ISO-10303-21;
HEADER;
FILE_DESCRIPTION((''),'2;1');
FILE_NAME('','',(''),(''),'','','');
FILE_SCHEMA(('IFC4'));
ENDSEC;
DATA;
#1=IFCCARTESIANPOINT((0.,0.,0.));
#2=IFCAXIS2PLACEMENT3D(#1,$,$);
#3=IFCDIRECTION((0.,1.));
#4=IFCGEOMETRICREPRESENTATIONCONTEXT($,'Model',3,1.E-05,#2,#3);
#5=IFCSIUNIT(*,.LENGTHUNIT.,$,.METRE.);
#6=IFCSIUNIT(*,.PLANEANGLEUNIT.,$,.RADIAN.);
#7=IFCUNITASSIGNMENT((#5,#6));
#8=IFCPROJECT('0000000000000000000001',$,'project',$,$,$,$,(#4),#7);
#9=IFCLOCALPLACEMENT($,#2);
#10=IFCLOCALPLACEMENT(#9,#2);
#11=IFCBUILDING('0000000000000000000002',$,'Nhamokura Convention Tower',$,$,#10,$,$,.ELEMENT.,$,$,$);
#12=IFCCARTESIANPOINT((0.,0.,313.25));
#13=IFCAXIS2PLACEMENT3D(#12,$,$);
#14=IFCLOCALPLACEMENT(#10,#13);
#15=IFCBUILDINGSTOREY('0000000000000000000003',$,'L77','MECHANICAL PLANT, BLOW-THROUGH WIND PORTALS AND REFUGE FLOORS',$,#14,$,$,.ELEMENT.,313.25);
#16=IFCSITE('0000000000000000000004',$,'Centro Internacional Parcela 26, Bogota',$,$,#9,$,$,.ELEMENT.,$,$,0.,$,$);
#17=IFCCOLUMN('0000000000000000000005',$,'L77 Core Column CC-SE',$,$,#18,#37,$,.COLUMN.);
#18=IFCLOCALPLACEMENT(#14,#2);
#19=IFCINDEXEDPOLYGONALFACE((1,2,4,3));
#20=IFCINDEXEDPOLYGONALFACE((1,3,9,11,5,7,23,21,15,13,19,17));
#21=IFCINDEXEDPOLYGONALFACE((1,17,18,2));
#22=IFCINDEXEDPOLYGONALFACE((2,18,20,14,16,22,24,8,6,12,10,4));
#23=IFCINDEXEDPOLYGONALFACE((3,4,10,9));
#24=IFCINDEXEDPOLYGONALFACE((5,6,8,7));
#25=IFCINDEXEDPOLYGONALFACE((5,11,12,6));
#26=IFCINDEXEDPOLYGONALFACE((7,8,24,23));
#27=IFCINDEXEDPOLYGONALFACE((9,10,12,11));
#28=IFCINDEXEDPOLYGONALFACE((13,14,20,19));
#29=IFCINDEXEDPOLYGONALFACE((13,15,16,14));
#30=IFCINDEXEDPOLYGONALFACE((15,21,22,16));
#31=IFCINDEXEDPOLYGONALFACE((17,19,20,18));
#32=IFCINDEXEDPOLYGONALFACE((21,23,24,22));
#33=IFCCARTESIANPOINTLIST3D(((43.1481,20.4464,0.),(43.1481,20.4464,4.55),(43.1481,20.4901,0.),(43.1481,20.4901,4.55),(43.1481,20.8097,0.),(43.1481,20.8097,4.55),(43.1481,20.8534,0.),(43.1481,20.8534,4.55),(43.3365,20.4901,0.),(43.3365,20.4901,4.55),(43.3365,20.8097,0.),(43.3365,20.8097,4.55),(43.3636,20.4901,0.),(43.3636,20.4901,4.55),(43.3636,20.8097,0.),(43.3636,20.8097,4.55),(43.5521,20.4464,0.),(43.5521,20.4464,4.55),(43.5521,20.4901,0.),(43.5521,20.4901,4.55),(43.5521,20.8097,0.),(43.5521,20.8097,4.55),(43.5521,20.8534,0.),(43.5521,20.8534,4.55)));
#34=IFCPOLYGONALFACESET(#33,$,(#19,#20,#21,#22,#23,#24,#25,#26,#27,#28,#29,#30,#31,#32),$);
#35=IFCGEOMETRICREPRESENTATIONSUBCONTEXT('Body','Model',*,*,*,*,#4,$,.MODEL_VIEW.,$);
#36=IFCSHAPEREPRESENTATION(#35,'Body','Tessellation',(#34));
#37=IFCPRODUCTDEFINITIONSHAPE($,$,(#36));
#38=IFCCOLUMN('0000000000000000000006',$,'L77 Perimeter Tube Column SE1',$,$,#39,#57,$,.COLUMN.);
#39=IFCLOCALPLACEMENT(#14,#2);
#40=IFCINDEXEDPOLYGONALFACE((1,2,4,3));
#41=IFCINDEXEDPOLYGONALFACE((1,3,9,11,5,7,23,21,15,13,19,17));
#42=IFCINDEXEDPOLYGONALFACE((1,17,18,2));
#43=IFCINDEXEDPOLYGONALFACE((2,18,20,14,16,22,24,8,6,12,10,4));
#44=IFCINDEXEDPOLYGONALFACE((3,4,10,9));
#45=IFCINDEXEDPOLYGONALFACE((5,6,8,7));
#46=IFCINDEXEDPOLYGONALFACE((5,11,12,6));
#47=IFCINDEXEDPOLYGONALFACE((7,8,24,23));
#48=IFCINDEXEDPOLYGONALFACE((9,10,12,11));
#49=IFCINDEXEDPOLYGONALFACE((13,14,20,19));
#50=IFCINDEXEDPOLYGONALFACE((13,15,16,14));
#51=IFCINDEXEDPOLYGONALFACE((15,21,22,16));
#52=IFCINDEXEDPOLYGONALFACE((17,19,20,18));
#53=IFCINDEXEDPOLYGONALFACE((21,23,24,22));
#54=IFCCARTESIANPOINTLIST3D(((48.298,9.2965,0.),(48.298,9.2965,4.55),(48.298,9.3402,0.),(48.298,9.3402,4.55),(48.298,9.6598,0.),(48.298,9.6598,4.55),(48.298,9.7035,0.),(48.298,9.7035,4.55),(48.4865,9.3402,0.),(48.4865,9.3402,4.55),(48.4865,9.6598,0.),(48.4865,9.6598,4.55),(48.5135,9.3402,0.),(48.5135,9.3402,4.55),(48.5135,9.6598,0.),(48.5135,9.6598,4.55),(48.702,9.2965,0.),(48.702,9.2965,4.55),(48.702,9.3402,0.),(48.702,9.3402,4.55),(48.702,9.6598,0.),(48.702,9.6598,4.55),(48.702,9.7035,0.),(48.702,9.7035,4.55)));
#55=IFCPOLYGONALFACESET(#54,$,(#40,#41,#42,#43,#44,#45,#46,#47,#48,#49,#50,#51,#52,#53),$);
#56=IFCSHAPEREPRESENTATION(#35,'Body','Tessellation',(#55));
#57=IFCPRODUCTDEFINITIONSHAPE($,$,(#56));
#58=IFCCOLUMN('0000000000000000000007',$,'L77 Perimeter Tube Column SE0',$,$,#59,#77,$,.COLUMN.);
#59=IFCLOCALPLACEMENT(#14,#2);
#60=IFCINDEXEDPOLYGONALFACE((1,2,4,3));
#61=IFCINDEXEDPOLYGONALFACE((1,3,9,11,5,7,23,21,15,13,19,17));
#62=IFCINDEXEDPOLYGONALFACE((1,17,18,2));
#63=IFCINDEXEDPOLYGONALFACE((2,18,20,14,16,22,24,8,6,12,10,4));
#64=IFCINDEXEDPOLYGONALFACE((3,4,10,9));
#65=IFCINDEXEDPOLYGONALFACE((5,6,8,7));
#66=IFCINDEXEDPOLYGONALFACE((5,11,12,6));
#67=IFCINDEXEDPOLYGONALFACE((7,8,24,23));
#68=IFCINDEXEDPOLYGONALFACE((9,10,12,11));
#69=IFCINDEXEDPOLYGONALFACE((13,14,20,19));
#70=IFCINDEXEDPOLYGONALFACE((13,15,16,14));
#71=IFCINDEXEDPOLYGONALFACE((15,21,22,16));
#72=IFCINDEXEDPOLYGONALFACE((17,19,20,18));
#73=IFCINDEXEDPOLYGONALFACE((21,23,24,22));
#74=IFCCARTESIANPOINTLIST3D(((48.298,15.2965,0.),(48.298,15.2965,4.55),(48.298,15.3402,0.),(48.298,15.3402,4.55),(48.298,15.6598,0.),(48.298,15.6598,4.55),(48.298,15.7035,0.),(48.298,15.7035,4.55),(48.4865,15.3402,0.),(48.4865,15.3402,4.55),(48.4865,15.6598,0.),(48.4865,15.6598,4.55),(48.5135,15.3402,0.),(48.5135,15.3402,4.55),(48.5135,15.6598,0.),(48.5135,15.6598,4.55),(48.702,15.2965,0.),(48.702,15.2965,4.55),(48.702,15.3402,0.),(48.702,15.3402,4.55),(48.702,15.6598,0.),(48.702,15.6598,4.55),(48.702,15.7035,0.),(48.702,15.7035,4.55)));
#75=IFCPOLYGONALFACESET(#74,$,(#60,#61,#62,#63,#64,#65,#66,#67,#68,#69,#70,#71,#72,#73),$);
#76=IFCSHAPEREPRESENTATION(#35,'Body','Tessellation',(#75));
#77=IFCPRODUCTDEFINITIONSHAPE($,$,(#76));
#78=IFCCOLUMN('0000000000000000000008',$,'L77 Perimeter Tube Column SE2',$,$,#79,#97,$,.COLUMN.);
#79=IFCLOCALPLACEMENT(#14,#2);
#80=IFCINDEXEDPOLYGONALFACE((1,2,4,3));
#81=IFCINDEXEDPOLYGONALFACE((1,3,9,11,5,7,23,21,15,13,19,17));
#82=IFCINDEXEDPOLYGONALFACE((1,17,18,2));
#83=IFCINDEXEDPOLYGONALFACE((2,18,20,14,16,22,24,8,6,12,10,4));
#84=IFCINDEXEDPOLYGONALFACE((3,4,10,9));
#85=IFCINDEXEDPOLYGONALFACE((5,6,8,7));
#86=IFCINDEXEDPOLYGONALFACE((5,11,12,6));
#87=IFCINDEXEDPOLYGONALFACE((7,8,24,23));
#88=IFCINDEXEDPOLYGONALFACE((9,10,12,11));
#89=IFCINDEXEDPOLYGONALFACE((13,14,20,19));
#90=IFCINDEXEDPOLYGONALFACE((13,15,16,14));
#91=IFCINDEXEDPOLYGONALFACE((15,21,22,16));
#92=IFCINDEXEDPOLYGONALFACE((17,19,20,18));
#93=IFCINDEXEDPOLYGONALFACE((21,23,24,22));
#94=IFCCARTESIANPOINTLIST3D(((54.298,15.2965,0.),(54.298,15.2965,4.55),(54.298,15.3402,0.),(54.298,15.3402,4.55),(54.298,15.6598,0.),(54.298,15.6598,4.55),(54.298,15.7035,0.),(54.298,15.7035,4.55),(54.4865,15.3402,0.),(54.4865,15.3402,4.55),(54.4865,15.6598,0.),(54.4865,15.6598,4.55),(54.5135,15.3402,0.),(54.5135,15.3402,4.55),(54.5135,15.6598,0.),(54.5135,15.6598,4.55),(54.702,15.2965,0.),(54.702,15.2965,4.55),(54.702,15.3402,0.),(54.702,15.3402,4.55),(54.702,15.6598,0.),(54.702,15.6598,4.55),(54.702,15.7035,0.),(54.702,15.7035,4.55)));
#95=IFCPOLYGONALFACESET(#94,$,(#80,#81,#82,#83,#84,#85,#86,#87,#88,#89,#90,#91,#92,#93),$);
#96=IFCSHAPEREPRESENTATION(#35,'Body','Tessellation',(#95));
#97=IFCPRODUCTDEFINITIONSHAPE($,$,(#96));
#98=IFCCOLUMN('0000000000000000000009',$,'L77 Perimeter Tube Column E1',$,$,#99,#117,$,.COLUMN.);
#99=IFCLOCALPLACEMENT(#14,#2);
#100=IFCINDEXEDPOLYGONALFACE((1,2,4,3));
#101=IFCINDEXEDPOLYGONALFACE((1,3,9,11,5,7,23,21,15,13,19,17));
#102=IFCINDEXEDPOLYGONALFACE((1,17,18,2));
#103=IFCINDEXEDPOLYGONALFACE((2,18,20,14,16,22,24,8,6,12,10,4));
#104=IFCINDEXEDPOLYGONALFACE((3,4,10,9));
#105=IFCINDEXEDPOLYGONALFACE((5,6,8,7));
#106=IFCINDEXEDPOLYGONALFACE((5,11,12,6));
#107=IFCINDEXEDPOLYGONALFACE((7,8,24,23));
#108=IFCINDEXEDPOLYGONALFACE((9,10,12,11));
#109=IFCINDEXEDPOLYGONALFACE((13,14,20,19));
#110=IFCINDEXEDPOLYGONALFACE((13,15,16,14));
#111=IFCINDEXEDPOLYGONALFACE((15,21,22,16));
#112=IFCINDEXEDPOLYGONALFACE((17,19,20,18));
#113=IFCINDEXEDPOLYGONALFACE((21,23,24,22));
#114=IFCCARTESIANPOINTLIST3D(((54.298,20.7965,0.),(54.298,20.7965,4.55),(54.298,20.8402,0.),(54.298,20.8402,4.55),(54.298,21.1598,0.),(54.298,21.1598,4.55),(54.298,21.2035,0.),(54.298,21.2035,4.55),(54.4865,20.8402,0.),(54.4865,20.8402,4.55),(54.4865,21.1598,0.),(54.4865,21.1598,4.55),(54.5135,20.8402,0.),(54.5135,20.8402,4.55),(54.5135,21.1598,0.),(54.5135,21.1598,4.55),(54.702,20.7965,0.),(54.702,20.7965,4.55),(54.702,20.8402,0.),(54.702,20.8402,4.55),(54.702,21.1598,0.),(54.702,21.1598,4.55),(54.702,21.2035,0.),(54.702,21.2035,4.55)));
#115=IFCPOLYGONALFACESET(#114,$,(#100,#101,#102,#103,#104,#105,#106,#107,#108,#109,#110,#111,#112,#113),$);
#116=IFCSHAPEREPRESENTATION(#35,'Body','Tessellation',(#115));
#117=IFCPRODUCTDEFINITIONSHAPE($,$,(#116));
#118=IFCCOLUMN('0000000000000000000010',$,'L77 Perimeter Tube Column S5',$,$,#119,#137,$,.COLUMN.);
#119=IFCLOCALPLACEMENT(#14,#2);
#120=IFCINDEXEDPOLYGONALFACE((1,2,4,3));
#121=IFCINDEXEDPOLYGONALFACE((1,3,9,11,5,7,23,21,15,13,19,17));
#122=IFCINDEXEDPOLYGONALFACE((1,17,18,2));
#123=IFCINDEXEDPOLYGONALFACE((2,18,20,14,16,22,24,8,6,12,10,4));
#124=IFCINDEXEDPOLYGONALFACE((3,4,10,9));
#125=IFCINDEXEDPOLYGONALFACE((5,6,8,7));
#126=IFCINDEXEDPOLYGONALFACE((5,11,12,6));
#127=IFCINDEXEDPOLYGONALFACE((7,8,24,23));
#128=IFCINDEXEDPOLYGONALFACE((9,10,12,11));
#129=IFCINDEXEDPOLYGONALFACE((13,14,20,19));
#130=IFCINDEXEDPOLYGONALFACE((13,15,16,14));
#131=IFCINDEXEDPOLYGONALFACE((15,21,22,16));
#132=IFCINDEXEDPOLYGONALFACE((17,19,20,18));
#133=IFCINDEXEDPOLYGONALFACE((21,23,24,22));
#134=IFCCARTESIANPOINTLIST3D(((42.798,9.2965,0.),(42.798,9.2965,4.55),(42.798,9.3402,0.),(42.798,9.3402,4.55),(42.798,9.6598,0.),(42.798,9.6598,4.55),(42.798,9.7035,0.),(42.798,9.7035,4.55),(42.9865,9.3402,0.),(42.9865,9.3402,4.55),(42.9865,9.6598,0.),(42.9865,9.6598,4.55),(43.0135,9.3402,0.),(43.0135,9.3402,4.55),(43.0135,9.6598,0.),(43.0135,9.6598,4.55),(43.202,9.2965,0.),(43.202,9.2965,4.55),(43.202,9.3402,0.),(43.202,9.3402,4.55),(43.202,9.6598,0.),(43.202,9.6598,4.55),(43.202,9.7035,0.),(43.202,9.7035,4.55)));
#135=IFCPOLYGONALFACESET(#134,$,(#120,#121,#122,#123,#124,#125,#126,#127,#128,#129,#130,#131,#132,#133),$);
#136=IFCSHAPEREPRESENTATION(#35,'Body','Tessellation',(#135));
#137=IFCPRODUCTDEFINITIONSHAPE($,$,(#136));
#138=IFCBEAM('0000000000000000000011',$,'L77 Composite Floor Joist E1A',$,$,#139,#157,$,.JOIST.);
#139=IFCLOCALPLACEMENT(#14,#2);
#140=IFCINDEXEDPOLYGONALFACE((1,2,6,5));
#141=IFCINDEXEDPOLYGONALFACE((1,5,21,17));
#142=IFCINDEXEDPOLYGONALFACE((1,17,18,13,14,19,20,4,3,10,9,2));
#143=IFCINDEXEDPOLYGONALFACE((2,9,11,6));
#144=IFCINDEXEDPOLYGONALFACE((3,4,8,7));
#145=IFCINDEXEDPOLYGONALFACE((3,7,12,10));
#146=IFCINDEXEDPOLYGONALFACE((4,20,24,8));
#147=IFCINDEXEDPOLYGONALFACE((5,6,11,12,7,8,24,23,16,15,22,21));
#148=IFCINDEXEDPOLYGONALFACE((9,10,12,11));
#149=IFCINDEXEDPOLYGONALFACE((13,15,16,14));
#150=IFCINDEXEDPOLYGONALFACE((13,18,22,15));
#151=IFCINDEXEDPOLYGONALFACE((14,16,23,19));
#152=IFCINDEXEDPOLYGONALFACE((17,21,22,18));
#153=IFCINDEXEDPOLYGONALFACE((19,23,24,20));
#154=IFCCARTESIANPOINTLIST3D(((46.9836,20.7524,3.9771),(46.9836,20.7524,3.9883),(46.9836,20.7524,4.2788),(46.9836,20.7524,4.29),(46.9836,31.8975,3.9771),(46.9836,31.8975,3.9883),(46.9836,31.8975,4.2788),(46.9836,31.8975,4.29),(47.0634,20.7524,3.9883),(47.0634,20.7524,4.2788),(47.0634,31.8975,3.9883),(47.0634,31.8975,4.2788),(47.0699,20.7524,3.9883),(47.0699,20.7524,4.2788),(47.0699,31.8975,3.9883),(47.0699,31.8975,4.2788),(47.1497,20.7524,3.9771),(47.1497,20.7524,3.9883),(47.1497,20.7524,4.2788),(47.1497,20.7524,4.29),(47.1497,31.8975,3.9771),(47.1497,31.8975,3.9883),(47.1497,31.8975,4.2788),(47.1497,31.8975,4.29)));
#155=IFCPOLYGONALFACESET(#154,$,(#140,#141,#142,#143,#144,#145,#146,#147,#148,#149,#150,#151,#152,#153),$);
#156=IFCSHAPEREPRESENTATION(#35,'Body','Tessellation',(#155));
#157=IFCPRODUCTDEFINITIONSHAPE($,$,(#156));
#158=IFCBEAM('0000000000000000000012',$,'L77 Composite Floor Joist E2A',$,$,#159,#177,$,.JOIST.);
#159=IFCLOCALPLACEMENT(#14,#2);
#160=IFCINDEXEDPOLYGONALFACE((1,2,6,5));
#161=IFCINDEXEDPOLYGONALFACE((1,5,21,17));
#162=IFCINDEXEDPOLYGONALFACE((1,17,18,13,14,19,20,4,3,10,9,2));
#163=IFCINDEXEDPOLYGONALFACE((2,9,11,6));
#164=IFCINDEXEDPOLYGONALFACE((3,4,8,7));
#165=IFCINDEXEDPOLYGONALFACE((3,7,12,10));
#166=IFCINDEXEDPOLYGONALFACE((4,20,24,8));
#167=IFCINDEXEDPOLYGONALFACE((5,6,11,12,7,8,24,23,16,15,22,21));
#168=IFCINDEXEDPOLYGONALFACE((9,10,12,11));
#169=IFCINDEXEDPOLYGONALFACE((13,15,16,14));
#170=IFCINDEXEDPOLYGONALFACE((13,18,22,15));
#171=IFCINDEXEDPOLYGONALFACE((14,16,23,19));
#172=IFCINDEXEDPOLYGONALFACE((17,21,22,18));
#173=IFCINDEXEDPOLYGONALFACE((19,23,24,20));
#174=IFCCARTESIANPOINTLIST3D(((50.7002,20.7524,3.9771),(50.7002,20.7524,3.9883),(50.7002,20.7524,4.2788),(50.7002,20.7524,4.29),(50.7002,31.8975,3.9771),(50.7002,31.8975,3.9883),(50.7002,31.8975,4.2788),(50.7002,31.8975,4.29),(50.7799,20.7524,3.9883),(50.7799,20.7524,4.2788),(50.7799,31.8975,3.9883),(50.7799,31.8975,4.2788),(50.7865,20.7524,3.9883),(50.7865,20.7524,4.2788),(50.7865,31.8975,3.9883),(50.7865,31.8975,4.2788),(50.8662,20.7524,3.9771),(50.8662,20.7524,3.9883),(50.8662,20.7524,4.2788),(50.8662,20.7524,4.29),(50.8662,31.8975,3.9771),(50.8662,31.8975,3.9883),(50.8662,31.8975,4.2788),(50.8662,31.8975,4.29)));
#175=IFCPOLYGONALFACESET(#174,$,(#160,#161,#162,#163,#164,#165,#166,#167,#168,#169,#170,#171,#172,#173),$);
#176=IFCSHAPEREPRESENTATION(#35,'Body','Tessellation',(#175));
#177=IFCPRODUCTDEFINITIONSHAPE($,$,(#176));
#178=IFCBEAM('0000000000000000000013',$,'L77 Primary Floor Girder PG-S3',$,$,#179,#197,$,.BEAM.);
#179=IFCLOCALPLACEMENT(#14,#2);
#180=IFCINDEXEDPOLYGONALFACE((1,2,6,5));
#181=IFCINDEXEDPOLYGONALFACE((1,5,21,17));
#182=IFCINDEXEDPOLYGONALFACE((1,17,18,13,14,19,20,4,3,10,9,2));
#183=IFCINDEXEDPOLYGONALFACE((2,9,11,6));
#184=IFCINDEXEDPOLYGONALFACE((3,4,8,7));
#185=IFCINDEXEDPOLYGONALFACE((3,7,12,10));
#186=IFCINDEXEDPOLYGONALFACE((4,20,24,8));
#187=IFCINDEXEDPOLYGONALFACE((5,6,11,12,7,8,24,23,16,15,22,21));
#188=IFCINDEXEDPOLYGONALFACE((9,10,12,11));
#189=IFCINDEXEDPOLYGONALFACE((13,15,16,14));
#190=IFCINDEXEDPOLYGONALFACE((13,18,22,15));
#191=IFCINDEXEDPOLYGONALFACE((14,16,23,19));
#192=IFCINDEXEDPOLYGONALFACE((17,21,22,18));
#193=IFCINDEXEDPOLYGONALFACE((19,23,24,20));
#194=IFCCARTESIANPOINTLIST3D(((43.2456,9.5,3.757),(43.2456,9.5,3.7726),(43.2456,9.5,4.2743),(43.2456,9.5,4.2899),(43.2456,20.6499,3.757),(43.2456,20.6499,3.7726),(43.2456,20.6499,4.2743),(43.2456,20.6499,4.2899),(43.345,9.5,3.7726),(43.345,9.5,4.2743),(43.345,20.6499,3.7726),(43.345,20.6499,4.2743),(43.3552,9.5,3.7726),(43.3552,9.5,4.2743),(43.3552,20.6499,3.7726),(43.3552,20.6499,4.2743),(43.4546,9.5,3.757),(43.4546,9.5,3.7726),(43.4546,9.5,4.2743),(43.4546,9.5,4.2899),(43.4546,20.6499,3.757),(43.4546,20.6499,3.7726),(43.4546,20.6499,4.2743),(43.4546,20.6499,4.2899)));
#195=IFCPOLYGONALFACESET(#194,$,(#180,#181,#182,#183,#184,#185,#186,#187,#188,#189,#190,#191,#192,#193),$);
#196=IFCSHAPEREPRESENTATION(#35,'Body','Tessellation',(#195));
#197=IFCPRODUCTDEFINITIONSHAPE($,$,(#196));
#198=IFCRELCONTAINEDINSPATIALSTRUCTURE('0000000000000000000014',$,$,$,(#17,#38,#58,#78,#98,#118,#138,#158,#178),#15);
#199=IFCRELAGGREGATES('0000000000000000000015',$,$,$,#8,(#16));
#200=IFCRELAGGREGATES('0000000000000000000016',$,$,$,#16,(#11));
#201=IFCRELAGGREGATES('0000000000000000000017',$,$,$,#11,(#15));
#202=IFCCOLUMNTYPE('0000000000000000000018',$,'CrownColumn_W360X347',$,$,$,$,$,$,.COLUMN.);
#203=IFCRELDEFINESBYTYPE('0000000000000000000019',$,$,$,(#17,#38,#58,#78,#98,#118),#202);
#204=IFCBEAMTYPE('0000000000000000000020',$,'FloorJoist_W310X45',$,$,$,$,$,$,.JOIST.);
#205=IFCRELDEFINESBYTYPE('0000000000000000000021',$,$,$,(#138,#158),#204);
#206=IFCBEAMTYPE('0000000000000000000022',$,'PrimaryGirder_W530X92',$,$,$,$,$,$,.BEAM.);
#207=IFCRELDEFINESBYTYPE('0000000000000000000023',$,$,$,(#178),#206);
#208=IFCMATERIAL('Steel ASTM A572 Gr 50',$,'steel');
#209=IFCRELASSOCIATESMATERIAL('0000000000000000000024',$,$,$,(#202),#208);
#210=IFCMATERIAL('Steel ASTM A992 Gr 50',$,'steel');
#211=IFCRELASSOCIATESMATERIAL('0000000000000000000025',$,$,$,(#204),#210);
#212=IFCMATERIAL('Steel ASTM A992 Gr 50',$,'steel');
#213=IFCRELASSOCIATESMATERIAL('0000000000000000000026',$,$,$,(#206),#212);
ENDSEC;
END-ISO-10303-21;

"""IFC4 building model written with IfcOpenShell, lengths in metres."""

from ifc_helpers import new_model, si_unit, direction, frame, origin, origin_2d, place, context, subcontext, project, spatial, i_section, extrude, material, material_profile, profile_set, type_object, element, save


model = new_model("IFC4")

# Units and contexts
model_context = context("Model", 3, precision=1e-05, world=origin(), true_north=direction((0.0, 1.0)))
body_context = subcontext(model_context, "Body", "Model", "MODEL_VIEW")
ifc_project = project(units=[si_unit("LENGTHUNIT", "METRE"), si_unit("PLANEANGLEUNIT", "RADIAN")], contexts=[model_context])

# Site, building, storey
site_placement = place(None, origin())
site = spatial("IfcSite", under=ifc_project, at=site_placement, Name="Centro Internacional Parcela 26, Bogota", CompositionType="ELEMENT", RefElevation=0.0)
building_placement = place(site_placement, origin())
building = spatial("IfcBuilding", under=site, at=building_placement, Name="Nhamokura Convention Tower", CompositionType="ELEMENT")
storey_placement = place(building_placement, frame((0.0, 0.0, 313.25)))
storey = spatial("IfcBuildingStorey", under=building, at=storey_placement, Name="L77", Description="MECHANICAL PLANT, BLOW-THROUGH WIND PORTALS AND REFUGE FLOORS", CompositionType="ELEMENT", Elevation=313.25)

# Columns
ifc_material_1 = material(Name="Steel ASTM A572 Gr 50", Category="steel")
ifc_material_profile_1 = material_profile(ifc_material_1, i_section(OverallWidth=0.4041, OverallDepth=0.407, WebThickness=0.0271, FlangeThickness=0.0437, at=origin_2d()))
ifc_profile_set_1 = profile_set([ifc_material_profile_1], Name="Steel ASTM A572 Gr 50")
column_type = type_object("IfcColumnType", Name="CrownColumn_W360X347", PredefinedType="COLUMN", material=ifc_profile_set_1)
for number, where, z_axis, x_axis, name in (
    (1, (43.3501, 20.6499, 0.0), (0.0, 0.0, 1.0), (1.0, 0.0, 0.0), "L77 Core Column CC-SE"),
    (2, (48.5, 9.5, 0.0), (0.0, 0.0, 1.0), (1.0, 0.0, 0.0), "L77 Perimeter Tube Column SE1"),
    (3, (48.5, 15.5, 0.0), (0.0, 0.0, 1.0), (1.0, 0.0, 0.0), "L77 Perimeter Tube Column SE0"),
    (4, (54.5, 15.5, 0.0), (0.0, 0.0, 1.0), (1.0, 0.0, 0.0), "L77 Perimeter Tube Column SE2"),
    (5, (54.5, 21.0, 0.0), (0.0, 0.0, 1.0), (1.0, 0.0, 0.0), "L77 Perimeter Tube Column E1"),
    (6, (43.0, 9.5, 0.0), (0.0, 0.0, 1.0), (1.0, 0.0, 0.0), "L77 Perimeter Tube Column S5"),
):
    element("IfcColumn", number, at=place(storey_placement, frame(where, z_axis=z_axis, x_axis=x_axis)), inside=storey, type_object=column_type, Name=name, PredefinedType="COLUMN", context=body_context, shape_type="SweptSolid", body=[
        extrude(i_section(OverallWidth=0.4041, OverallDepth=0.407, WebThickness=0.0271, FlangeThickness=0.0437, at=origin_2d()), origin(), (0.0, 0.0, 1.0), 4.55),
    ])

# Beams
ifc_material_2 = material(Name="Steel ASTM A992 Gr 50", Category="steel")
ifc_material_profile_2 = material_profile(ifc_material_2, i_section(OverallWidth=0.166, OverallDepth=0.313, WebThickness=0.0066, FlangeThickness=0.0112, at=origin_2d()))
ifc_profile_set_2 = profile_set([ifc_material_profile_2], Name="Steel ASTM A992 Gr 50")
beam_type_1 = type_object("IfcBeamType", Name="FloorJoist_W310X45", PredefinedType="JOIST", material=ifc_profile_set_2)
for number, where, z_axis, x_axis, name in (
    (7, (47.0667, 20.7524, 4.1335), (0.0, 1.0, 0.0), (-1.0, 0.0, 0.0), "L77 Composite Floor Joist E1A"),
    (8, (50.7832, 20.7524, 4.1335), (0.0, 1.0, 0.0), (-1.0, 0.0, 0.0), "L77 Composite Floor Joist E2A"),
):
    element("IfcBeam", number, at=place(storey_placement, frame(where, z_axis=z_axis, x_axis=x_axis)), inside=storey, type_object=beam_type_1, Name=name, PredefinedType="JOIST", context=body_context, shape_type="SweptSolid", body=[
        extrude(i_section(OverallWidth=0.166, OverallDepth=0.313, WebThickness=0.0066, FlangeThickness=0.0112, at=origin_2d()), origin(), (0.0, 0.0, 1.0), 11.145),
    ])
ifc_material_3 = material(Name="Steel ASTM A992 Gr 50", Category="steel")
ifc_material_profile_3 = material_profile(ifc_material_3, i_section(OverallWidth=0.209, OverallDepth=0.533, WebThickness=0.0103, FlangeThickness=0.0156, at=origin_2d()))
ifc_profile_set_3 = profile_set([ifc_material_profile_3], Name="Steel ASTM A992 Gr 50")
beam_type_2 = type_object("IfcBeamType", Name="PrimaryGirder_W530X92", PredefinedType="BEAM", material=ifc_profile_set_3)
for number, where, z_axis, x_axis, name in (
    (9, (43.3501, 9.5, 4.0234), (0.0, 1.0, 0.0), (-1.0, 0.0, 0.0), "L77 Primary Floor Girder PG-S3"),
):
    element("IfcBeam", number, at=place(storey_placement, frame(where, z_axis=z_axis, x_axis=x_axis)), inside=storey, type_object=beam_type_2, Name=name, PredefinedType="BEAM", context=body_context, shape_type="SweptSolid", body=[
        extrude(i_section(OverallWidth=0.209, OverallDepth=0.533, WebThickness=0.0103, FlangeThickness=0.0156, at=origin_2d()), origin(), (0.0, 0.0, 1.0), 11.1499),
    ])

save(model, "model.ifc")
